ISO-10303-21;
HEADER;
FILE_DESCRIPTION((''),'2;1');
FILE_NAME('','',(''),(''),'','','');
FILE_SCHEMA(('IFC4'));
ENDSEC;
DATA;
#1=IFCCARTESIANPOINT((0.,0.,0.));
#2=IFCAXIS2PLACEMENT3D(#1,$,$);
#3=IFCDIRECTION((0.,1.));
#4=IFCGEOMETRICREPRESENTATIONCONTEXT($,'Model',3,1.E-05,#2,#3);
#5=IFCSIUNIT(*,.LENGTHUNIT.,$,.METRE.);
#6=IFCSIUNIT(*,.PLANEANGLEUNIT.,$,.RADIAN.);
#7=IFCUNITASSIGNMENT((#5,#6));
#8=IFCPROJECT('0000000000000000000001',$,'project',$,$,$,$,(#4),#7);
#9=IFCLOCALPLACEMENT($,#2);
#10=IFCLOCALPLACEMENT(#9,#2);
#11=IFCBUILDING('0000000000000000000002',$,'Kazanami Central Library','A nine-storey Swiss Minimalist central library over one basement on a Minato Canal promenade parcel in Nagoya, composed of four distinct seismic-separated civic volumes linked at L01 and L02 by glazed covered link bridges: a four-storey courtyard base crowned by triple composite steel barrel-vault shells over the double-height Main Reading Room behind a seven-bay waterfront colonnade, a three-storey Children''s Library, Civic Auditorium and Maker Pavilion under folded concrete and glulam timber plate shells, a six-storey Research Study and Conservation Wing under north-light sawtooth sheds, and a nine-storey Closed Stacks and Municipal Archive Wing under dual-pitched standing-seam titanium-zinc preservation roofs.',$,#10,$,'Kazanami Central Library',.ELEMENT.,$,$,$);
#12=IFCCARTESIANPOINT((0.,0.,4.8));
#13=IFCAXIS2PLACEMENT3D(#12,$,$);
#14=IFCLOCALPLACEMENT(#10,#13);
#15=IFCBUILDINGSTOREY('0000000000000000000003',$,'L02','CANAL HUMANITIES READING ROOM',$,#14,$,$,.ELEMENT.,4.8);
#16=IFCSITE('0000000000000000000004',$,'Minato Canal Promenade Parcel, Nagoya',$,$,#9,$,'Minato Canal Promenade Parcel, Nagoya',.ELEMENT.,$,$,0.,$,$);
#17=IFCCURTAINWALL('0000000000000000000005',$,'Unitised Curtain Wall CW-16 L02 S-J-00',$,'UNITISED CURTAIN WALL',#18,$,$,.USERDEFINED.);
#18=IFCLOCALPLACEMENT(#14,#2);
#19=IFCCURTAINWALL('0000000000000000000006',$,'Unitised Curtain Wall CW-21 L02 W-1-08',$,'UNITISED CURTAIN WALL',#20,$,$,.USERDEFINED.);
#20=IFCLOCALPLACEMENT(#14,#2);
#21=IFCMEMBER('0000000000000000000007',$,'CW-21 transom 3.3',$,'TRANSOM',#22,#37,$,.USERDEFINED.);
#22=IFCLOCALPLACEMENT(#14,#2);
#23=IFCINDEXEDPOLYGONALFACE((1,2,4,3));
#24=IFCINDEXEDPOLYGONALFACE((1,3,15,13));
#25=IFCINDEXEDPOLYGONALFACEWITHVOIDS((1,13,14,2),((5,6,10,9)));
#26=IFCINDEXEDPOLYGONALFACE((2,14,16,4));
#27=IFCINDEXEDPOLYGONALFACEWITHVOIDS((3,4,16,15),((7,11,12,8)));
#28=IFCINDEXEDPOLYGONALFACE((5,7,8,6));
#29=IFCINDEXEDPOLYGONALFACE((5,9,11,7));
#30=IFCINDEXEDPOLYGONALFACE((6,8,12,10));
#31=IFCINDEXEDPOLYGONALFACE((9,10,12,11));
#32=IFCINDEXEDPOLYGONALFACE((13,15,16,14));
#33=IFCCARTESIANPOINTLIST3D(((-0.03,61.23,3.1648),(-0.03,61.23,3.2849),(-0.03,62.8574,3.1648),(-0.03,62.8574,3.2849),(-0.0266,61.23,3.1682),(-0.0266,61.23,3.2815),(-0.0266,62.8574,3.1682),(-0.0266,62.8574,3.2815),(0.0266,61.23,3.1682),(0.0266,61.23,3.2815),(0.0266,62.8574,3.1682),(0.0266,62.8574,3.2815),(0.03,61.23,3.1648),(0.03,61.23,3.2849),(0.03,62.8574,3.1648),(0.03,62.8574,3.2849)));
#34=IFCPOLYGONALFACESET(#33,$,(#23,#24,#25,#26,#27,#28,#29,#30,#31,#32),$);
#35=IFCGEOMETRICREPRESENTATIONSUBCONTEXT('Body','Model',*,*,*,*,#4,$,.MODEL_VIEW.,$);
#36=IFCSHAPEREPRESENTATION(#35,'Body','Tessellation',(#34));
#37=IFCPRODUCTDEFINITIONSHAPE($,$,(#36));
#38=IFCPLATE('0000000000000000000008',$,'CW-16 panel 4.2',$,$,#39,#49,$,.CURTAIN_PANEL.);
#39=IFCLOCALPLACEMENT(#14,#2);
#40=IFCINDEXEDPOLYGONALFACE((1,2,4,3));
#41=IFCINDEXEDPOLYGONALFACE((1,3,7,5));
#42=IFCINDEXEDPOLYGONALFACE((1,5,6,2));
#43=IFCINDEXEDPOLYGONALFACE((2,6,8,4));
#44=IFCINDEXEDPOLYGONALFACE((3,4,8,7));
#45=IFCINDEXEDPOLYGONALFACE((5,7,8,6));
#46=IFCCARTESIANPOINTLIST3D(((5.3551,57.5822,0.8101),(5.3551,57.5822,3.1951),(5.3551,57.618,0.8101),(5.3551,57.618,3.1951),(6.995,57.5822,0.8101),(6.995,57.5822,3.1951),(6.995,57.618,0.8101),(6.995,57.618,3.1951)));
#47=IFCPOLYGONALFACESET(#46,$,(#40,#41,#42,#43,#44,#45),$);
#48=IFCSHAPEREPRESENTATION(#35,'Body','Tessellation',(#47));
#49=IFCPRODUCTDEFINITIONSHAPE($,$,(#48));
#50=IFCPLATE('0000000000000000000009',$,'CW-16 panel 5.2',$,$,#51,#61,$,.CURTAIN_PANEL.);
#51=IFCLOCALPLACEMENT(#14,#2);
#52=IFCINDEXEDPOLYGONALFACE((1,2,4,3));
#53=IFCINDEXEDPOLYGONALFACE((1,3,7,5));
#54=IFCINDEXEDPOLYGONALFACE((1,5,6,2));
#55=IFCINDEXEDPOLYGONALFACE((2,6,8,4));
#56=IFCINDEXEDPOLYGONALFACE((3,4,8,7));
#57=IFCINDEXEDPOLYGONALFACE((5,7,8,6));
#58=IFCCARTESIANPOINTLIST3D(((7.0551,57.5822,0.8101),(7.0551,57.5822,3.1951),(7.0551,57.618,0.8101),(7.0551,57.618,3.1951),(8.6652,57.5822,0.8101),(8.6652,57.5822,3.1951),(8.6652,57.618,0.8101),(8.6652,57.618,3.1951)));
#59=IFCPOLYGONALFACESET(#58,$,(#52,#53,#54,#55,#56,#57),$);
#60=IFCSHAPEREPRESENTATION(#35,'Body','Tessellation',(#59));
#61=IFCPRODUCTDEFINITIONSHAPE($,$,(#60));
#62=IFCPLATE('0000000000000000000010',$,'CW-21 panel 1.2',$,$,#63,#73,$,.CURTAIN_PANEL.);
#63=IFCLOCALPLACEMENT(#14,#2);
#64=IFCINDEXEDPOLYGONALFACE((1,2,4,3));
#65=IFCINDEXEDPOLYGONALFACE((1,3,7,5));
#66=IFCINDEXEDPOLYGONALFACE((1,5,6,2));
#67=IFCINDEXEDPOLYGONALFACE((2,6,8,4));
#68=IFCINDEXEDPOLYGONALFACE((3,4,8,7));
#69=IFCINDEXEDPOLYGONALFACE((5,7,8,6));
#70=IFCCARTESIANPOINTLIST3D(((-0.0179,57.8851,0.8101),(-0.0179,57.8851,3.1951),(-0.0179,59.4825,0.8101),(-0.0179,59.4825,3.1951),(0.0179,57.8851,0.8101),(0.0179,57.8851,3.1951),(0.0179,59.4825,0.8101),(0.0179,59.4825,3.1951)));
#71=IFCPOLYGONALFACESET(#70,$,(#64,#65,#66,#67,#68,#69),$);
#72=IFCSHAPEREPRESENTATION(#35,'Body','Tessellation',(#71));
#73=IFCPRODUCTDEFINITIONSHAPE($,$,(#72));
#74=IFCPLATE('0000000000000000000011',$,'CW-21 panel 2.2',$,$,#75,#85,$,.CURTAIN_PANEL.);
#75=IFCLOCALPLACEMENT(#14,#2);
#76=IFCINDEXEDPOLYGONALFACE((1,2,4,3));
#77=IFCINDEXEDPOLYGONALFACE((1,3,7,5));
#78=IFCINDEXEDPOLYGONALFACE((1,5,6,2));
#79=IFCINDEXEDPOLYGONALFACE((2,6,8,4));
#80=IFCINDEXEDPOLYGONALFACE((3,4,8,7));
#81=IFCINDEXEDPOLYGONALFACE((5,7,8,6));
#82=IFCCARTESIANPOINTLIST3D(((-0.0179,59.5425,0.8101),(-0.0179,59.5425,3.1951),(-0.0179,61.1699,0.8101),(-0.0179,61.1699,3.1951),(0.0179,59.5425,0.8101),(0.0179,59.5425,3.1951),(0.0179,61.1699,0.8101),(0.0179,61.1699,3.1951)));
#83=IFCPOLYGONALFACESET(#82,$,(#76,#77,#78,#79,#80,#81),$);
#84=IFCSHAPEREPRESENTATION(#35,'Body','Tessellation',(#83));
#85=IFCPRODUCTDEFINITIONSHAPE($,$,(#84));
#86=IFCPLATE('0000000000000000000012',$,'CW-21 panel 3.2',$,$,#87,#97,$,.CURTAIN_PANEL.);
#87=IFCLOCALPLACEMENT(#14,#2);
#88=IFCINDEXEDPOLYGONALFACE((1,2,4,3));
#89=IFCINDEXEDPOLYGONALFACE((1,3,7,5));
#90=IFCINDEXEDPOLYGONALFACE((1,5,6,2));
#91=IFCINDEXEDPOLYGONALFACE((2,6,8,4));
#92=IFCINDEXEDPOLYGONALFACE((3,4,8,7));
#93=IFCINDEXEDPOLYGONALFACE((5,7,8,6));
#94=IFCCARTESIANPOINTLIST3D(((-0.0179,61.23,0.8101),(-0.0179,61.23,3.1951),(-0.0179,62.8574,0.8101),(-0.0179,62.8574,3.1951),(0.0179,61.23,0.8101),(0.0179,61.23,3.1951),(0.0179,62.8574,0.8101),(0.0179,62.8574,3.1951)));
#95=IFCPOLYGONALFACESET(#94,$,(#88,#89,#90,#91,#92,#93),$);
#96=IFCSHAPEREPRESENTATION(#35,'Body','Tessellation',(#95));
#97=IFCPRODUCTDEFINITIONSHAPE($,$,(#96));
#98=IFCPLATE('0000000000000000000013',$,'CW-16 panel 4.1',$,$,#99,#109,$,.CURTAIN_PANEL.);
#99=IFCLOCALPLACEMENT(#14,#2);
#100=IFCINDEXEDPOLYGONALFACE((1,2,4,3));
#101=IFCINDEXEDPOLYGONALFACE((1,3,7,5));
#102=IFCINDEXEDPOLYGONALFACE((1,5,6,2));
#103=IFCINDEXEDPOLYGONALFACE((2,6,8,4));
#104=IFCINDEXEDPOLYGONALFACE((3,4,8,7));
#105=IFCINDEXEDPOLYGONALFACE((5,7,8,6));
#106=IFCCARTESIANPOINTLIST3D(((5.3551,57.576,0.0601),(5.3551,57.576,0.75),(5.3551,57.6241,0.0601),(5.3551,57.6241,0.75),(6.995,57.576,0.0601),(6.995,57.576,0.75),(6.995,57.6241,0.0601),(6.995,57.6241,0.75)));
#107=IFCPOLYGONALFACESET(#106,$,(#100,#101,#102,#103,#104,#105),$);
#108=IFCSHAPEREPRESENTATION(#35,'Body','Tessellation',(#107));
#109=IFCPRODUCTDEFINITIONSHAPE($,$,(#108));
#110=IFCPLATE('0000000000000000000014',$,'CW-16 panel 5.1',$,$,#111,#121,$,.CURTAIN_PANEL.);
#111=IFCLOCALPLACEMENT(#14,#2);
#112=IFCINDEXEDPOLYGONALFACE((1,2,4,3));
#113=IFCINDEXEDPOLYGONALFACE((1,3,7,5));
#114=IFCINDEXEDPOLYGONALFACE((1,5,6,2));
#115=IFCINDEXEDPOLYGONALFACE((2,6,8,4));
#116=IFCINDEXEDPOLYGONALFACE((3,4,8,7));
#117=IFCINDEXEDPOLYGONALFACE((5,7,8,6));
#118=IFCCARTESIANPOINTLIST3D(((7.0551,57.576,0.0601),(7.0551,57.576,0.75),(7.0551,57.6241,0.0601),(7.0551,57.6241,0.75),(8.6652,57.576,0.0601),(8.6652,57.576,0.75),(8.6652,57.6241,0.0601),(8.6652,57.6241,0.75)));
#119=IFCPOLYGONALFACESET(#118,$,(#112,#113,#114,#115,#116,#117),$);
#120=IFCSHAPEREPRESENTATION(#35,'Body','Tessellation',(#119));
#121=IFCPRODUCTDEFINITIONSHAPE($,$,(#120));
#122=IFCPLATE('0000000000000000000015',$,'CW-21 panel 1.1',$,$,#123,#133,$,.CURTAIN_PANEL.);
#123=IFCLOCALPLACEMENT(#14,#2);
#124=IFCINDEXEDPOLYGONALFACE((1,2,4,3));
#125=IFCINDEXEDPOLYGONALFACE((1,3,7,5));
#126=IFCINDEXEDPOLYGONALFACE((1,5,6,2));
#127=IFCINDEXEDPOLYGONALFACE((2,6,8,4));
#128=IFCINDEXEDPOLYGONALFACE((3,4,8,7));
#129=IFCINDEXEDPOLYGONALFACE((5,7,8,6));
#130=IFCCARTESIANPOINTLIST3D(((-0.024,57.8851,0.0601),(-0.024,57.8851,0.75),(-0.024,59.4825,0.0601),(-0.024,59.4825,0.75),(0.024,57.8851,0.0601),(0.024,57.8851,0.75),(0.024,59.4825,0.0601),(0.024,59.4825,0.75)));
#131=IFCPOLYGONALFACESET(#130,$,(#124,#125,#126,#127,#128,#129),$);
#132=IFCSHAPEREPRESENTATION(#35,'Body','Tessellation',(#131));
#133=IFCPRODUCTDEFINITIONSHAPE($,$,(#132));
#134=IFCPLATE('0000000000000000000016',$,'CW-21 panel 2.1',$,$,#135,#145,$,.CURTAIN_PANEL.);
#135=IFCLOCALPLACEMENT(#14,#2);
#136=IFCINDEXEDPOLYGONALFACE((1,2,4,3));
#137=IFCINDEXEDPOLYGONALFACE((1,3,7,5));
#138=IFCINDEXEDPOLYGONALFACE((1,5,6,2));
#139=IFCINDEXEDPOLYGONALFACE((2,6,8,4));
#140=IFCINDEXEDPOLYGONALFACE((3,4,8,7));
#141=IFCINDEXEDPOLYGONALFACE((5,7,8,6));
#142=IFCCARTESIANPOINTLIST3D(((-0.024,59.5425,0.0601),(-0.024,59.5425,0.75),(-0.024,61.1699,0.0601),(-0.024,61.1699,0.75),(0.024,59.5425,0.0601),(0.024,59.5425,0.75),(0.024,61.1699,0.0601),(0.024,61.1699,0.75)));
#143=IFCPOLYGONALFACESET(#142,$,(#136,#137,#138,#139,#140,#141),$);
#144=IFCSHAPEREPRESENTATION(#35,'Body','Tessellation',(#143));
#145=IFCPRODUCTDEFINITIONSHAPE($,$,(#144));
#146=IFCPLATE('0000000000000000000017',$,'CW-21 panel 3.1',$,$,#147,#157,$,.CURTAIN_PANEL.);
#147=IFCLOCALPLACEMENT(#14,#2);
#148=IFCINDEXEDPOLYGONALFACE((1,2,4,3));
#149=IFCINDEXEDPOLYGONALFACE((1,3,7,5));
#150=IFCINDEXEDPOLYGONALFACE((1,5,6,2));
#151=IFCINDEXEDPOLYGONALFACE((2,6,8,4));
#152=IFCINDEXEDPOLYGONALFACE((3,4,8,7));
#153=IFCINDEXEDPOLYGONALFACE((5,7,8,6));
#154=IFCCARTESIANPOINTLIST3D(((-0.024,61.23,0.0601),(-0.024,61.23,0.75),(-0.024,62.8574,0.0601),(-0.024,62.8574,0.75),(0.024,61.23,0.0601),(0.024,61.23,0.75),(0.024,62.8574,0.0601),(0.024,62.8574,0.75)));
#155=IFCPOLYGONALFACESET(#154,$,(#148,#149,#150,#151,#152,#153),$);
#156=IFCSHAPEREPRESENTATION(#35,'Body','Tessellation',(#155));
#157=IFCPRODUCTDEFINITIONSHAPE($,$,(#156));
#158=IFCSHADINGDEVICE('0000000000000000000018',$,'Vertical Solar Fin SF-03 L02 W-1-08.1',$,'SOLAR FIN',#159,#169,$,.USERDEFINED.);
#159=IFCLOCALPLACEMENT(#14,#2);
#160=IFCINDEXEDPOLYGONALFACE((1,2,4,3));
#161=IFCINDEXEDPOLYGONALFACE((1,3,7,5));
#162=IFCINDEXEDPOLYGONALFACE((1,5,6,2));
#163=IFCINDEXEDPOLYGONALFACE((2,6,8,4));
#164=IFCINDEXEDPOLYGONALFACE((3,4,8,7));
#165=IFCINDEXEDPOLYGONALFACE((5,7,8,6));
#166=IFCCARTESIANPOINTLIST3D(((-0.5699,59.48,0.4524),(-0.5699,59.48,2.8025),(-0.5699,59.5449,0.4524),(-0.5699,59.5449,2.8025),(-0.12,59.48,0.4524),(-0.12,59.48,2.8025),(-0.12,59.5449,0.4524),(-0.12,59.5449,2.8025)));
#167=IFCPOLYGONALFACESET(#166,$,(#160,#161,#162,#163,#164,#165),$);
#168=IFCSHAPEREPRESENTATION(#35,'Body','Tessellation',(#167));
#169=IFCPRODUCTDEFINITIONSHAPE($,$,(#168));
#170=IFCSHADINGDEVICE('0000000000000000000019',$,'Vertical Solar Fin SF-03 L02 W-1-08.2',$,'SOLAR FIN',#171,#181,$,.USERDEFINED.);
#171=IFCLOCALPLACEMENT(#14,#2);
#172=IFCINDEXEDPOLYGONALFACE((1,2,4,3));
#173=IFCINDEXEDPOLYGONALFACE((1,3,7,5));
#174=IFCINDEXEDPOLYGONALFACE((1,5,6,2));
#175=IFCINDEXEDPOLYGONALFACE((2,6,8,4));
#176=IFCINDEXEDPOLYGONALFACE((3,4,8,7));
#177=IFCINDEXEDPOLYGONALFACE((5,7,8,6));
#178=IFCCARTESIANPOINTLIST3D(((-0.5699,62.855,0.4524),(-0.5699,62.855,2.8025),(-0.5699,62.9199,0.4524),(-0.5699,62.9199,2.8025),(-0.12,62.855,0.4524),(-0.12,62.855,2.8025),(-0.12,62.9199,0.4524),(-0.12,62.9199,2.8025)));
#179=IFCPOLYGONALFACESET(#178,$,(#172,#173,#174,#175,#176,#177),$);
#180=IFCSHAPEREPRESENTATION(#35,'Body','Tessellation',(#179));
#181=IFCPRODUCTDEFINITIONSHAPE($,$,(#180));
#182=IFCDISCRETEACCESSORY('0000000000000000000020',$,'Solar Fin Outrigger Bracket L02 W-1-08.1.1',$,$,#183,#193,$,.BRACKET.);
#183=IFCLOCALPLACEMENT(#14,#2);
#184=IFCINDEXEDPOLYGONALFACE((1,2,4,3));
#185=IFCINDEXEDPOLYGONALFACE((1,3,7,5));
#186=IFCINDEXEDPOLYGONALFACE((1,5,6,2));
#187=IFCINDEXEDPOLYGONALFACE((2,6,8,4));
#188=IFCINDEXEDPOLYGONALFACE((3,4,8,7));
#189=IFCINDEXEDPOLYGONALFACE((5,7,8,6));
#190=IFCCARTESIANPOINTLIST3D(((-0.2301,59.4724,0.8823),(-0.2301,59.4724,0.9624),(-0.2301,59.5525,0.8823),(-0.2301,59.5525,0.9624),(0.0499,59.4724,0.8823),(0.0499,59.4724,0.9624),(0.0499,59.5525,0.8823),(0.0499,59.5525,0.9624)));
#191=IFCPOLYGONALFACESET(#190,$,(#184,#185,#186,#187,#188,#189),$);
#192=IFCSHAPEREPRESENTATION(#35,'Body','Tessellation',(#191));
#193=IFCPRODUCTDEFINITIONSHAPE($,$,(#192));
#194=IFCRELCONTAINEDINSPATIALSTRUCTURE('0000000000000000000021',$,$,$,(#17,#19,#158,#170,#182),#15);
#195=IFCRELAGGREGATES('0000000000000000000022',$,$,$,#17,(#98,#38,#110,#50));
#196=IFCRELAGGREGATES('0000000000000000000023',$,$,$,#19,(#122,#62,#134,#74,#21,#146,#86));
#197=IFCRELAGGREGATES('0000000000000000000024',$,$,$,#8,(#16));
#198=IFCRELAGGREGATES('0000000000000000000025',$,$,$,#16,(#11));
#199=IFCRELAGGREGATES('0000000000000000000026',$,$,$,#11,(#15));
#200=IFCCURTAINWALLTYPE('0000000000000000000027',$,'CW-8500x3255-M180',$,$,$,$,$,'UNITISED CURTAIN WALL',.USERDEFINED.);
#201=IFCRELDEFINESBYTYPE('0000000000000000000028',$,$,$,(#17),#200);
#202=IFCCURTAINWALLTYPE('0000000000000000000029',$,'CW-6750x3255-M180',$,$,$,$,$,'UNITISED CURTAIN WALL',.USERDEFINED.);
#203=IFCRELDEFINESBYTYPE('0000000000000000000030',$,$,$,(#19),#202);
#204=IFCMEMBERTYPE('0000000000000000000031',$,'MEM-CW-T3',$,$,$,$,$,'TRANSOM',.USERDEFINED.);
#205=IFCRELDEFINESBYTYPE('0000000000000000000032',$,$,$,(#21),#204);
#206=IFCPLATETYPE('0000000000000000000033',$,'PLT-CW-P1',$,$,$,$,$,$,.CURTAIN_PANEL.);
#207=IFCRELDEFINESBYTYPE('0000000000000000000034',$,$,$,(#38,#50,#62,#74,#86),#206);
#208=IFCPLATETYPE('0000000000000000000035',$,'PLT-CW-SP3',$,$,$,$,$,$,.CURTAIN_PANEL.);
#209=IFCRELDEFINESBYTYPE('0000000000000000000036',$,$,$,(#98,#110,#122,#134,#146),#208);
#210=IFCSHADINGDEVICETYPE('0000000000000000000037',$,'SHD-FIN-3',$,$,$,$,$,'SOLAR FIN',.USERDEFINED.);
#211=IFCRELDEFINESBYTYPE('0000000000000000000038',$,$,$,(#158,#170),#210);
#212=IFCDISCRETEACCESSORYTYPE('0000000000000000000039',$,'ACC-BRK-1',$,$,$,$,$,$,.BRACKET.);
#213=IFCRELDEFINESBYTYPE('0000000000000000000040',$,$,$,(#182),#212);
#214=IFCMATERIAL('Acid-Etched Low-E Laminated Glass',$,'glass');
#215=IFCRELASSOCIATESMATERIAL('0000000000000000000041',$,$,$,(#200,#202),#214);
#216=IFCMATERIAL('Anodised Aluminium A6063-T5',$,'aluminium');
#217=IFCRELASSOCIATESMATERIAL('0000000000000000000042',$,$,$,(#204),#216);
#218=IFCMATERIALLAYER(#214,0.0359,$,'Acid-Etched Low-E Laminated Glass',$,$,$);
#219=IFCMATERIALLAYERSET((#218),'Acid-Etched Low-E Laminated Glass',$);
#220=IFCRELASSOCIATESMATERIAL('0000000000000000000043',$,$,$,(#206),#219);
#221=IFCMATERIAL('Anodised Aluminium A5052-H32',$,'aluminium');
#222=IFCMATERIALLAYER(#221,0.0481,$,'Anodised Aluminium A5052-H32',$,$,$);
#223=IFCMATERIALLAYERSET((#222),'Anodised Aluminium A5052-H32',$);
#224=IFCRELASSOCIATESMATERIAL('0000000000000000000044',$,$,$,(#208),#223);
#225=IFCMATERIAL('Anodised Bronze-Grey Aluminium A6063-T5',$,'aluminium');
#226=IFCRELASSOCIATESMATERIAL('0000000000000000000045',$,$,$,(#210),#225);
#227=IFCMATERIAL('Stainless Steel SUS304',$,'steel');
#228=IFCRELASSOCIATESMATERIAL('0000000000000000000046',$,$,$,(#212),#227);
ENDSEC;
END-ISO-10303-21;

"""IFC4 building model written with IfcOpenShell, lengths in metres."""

from ifc_helpers import new_model, si_unit, direction, frame, origin, origin_2d, place, context, subcontext, project, spatial, rectangle, hollow_rectangle, extrude, material, layer, layer_set, material_profile, profile_set, type_object, element, aggregate, save


model = new_model("IFC4")

# Units and contexts
model_context = context("Model", 3, precision=1e-05, world=origin(), true_north=direction((0.0, 1.0)))
body_context = subcontext(model_context, "Body", "Model", "MODEL_VIEW")
ifc_project = project(units=[si_unit("LENGTHUNIT", "METRE"), si_unit("PLANEANGLEUNIT", "RADIAN")], contexts=[model_context])

# Site, building, storey
site_placement = place(None, origin())
site = spatial("IfcSite", under=ifc_project, at=site_placement, Name="Minato Canal Promenade Parcel, Nagoya", LongName="Minato Canal Promenade Parcel, Nagoya", CompositionType="ELEMENT", RefElevation=0.0)
building_placement = place(site_placement, origin())
building = spatial("IfcBuilding", under=site, at=building_placement, Name="Kazanami Central Library", Description="A nine-storey Swiss Minimalist central library over one basement on a Minato Canal promenade parcel in Nagoya, composed of four distinct seismic-separated civic volumes linked at L01 and L02 by glazed covered link bridges: a four-storey courtyard base crowned by triple composite steel barrel-vault shells over the double-height Main Reading Room behind a seven-bay waterfront colonnade, a three-storey Children's Library, Civic Auditorium and Maker Pavilion under folded concrete and glulam timber plate shells, a six-storey Research Study and Conservation Wing under north-light sawtooth sheds, and a nine-storey Closed Stacks and Municipal Archive Wing under dual-pitched standing-seam titanium-zinc preservation roofs.", LongName="Kazanami Central Library", CompositionType="ELEMENT")
storey_placement = place(building_placement, frame((0.0, 0.0, 4.8)))
storey = spatial("IfcBuildingStorey", under=building, at=storey_placement, Name="L02", Description="CANAL HUMANITIES READING ROOM", CompositionType="ELEMENT", Elevation=4.8)

# Curtain walls
ifc_material_1 = material(Name="Acid-Etched Low-E Laminated Glass", Category="glass")
curtain_wall_type_1 = type_object("IfcCurtainWallType", Name="CW-8500x3255-M180", ElementType="UNITISED CURTAIN WALL", PredefinedType="USERDEFINED", material=ifc_material_1)
curtain_wall_1_placement = place(storey_placement, origin())
curtain_wall_1 = element("IfcCurtainWall", 1, at=curtain_wall_1_placement, inside=storey, type_object=curtain_wall_type_1, Name="Unitised Curtain Wall CW-16 L02 S-J-00", ObjectType="UNITISED CURTAIN WALL", PredefinedType="USERDEFINED")
ifc_material_2 = material(Name="Anodised Aluminium A6063-T5", Category="aluminium")
curtain_wall_type_2 = type_object("IfcCurtainWallType", Name="CW-6750x3255-M180", ElementType="UNITISED CURTAIN WALL", PredefinedType="USERDEFINED", material=ifc_material_1)
curtain_wall_2_placement = place(storey_placement, origin())
curtain_wall_2 = element("IfcCurtainWall", 2, at=curtain_wall_2_placement, inside=storey, type_object=curtain_wall_type_2, Name="Unitised Curtain Wall CW-21 L02 W-1-08", ObjectType="UNITISED CURTAIN WALL", PredefinedType="USERDEFINED")

# Member
ifc_material_profile_1 = material_profile(ifc_material_2, hollow_rectangle(XDim=0.0601, YDim=0.1201, WallThickness=0.0034, at=origin_2d()), Name="ALU-TRAN-60x120x3.5")
ifc_profile_set_1 = profile_set([ifc_material_profile_1], Name="Anodised Aluminium A6063-T5")
member_type_1 = type_object("IfcMemberType", Name="MEM-CW-T3", ElementType="TRANSOM", PredefinedType="USERDEFINED", material=ifc_profile_set_1)
member_1_placement = place(storey_placement, frame((0.0, 61.23, 3.2249), z_axis=(0.0, 1.0, 0.0), x_axis=(-1.0, 0.0, 0.0)))
member_1 = element("IfcMember", 3, at=member_1_placement, type_object=member_type_1, Name="CW-21 transom 3.3", ObjectType="TRANSOM", PredefinedType="USERDEFINED", context=body_context, shape_type="SweptSolid", body=[
    extrude(hollow_rectangle(XDim=0.0601, YDim=0.1201, WallThickness=0.0034, at=origin_2d()), origin(), (0.0, 0.0, 1.0), 1.6274),
])

# Plates
ifc_layer_1 = layer(ifc_material_1, 0.0359, Name="Acid-Etched Low-E Laminated Glass")
ifc_layer_set_1 = layer_set([ifc_layer_1], Name="Acid-Etched Low-E Laminated Glass")
plate_type_1 = type_object("IfcPlateType", Name="PLT-CW-P1", PredefinedType="CURTAIN_PANEL", material=ifc_layer_set_1)
plate_1_placement = place(storey_placement, frame((6.175, 57.6001, 0.8101), z_axis=(0.0, 0.0, 1.0), x_axis=(1.0, 0.0, 0.0)))
plate_1 = element("IfcPlate", 4, at=plate_1_placement, type_object=plate_type_1, Name="CW-16 panel 4.2", PredefinedType="CURTAIN_PANEL", context=body_context, shape_type="SweptSolid", body=[
    extrude(rectangle(XDim=1.6399, YDim=0.0359, at=origin_2d()), origin(), (0.0, 0.0, 1.0), 2.385),
])
plate_2_placement = place(storey_placement, frame((7.8601, 57.6001, 0.8101), z_axis=(0.0, 0.0, 1.0), x_axis=(1.0, 0.0, 0.0)))
plate_2 = element("IfcPlate", 5, at=plate_2_placement, type_object=plate_type_1, Name="CW-16 panel 5.2", PredefinedType="CURTAIN_PANEL", context=body_context, shape_type="SweptSolid", body=[
    extrude(rectangle(XDim=1.6101, YDim=0.0359, at=origin_2d()), origin(), (0.0, 0.0, 1.0), 2.385),
])
plate_3_placement = place(storey_placement, frame((0.0, 58.6838, 0.8101), z_axis=(0.0, 0.0, 1.0), x_axis=(0.0, 1.0, 0.0)))
plate_3 = element("IfcPlate", 6, at=plate_3_placement, type_object=plate_type_1, Name="CW-21 panel 1.2", PredefinedType="CURTAIN_PANEL", context=body_context, shape_type="SweptSolid", body=[
    extrude(rectangle(XDim=1.5974, YDim=0.0359, at=origin_2d()), origin(), (0.0, 0.0, 1.0), 2.385),
])
plate_4_placement = place(storey_placement, frame((0.0, 60.3562, 0.8101), z_axis=(0.0, 0.0, 1.0), x_axis=(0.0, 1.0, 0.0)))
plate_4 = element("IfcPlate", 7, at=plate_4_placement, type_object=plate_type_1, Name="CW-21 panel 2.2", PredefinedType="CURTAIN_PANEL", context=body_context, shape_type="SweptSolid", body=[
    extrude(rectangle(XDim=1.6274, YDim=0.0359, at=origin_2d()), origin(), (0.0, 0.0, 1.0), 2.385),
])
plate_5_placement = place(storey_placement, frame((0.0, 62.0437, 0.8101), z_axis=(0.0, 0.0, 1.0), x_axis=(0.0, 1.0, 0.0)))
plate_5 = element("IfcPlate", 8, at=plate_5_placement, type_object=plate_type_1, Name="CW-21 panel 3.2", PredefinedType="CURTAIN_PANEL", context=body_context, shape_type="SweptSolid", body=[
    extrude(rectangle(XDim=1.6274, YDim=0.0359, at=origin_2d()), origin(), (0.0, 0.0, 1.0), 2.385),
])
ifc_material_3 = material(Name="Anodised Aluminium A5052-H32", Category="aluminium")
ifc_layer_2 = layer(ifc_material_3, 0.0481, Name="Anodised Aluminium A5052-H32")
ifc_layer_set_2 = layer_set([ifc_layer_2], Name="Anodised Aluminium A5052-H32")
plate_type_2 = type_object("IfcPlateType", Name="PLT-CW-SP3", PredefinedType="CURTAIN_PANEL", material=ifc_layer_set_2)
plate_6_placement = place(storey_placement, frame((6.175, 57.6001, 0.0601), z_axis=(0.0, 0.0, 1.0), x_axis=(1.0, 0.0, 0.0)))
plate_6 = element("IfcPlate", 9, at=plate_6_placement, type_object=plate_type_2, Name="CW-16 panel 4.1", PredefinedType="CURTAIN_PANEL", context=body_context, shape_type="SweptSolid", body=[
    extrude(rectangle(XDim=1.6399, YDim=0.0481, at=origin_2d()), origin(), (0.0, 0.0, 1.0), 0.6899),
])
plate_7_placement = place(storey_placement, frame((7.8601, 57.6001, 0.0601), z_axis=(0.0, 0.0, 1.0), x_axis=(1.0, 0.0, 0.0)))
plate_7 = element("IfcPlate", 10, at=plate_7_placement, type_object=plate_type_2, Name="CW-16 panel 5.1", PredefinedType="CURTAIN_PANEL", context=body_context, shape_type="SweptSolid", body=[
    extrude(rectangle(XDim=1.6101, YDim=0.0481, at=origin_2d()), origin(), (0.0, 0.0, 1.0), 0.6899),
])
aggregate(curtain_wall_1, [plate_6, plate_1, plate_7, plate_2])
plate_8_placement = place(storey_placement, frame((0.0, 58.6838, 0.0601), z_axis=(0.0, 0.0, 1.0), x_axis=(0.0, 1.0, 0.0)))
plate_8 = element("IfcPlate", 11, at=plate_8_placement, type_object=plate_type_2, Name="CW-21 panel 1.1", PredefinedType="CURTAIN_PANEL", context=body_context, shape_type="SweptSolid", body=[
    extrude(rectangle(XDim=1.5974, YDim=0.0481, at=origin_2d()), origin(), (0.0, 0.0, 1.0), 0.6899),
])
plate_9_placement = place(storey_placement, frame((0.0, 60.3562, 0.0601), z_axis=(0.0, 0.0, 1.0), x_axis=(0.0, 1.0, 0.0)))
plate_9 = element("IfcPlate", 12, at=plate_9_placement, type_object=plate_type_2, Name="CW-21 panel 2.1", PredefinedType="CURTAIN_PANEL", context=body_context, shape_type="SweptSolid", body=[
    extrude(rectangle(XDim=1.6274, YDim=0.0481, at=origin_2d()), origin(), (0.0, 0.0, 1.0), 0.6899),
])
plate_10_placement = place(storey_placement, frame((0.0, 62.0437, 0.0601), z_axis=(0.0, 0.0, 1.0), x_axis=(0.0, 1.0, 0.0)))
plate_10 = element("IfcPlate", 13, at=plate_10_placement, type_object=plate_type_2, Name="CW-21 panel 3.1", PredefinedType="CURTAIN_PANEL", context=body_context, shape_type="SweptSolid", body=[
    extrude(rectangle(XDim=1.6274, YDim=0.0481, at=origin_2d()), origin(), (0.0, 0.0, 1.0), 0.6899),
])
aggregate(curtain_wall_2, [plate_8, plate_3, plate_9, plate_4, member_1, plate_10, plate_5])

# Shading devices
ifc_material_4 = material(Name="Anodised Bronze-Grey Aluminium A6063-T5", Category="aluminium")
shading_device_type = type_object("IfcShadingDeviceType", Name="SHD-FIN-3", ElementType="SOLAR FIN", PredefinedType="USERDEFINED", material=ifc_material_4)
for number, where, z_axis, x_axis, name in (
    (14, (-0.345, 59.5125, 0.4524), (0.0, 0.0, 1.0), (0.0, 1.0, 0.0), "Vertical Solar Fin SF-03 L02 W-1-08.1"),
    (15, (-0.345, 62.8875, 0.4524), (0.0, 0.0, 1.0), (0.0, 1.0, 0.0), "Vertical Solar Fin SF-03 L02 W-1-08.2"),
):
    element("IfcShadingDevice", number, at=place(storey_placement, frame(where, z_axis=z_axis, x_axis=x_axis)), inside=storey, type_object=shading_device_type, Name=name, ObjectType="SOLAR FIN", PredefinedType="USERDEFINED", context=body_context, shape_type="SweptSolid", body=[
        extrude(rectangle(XDim=0.0649, YDim=0.45, at=origin_2d()), origin(), (0.0, 0.0, 1.0), 2.3501),
    ])

# Discrete accessory
ifc_material_5 = material(Name="Stainless Steel SUS304", Category="steel")
discrete_accessory_type = type_object("IfcDiscreteAccessoryType", Name="ACC-BRK-1", PredefinedType="BRACKET", material=ifc_material_5)
for number, where, z_axis, x_axis, name in (
    (16, (-0.0901, 59.5125, 0.8823), (0.0, 0.0, 1.0), (0.0, 1.0, 0.0), "Solar Fin Outrigger Bracket L02 W-1-08.1.1"),
):
    element("IfcDiscreteAccessory", number, at=place(storey_placement, frame(where, z_axis=z_axis, x_axis=x_axis)), inside=storey, type_object=discrete_accessory_type, Name=name, PredefinedType="BRACKET", context=body_context, shape_type="SweptSolid", body=[
        extrude(rectangle(XDim=0.0801, YDim=0.28, at=origin_2d()), origin(), (0.0, 0.0, 1.0), 0.0801),
    ])

save(model, "model.ifc")
